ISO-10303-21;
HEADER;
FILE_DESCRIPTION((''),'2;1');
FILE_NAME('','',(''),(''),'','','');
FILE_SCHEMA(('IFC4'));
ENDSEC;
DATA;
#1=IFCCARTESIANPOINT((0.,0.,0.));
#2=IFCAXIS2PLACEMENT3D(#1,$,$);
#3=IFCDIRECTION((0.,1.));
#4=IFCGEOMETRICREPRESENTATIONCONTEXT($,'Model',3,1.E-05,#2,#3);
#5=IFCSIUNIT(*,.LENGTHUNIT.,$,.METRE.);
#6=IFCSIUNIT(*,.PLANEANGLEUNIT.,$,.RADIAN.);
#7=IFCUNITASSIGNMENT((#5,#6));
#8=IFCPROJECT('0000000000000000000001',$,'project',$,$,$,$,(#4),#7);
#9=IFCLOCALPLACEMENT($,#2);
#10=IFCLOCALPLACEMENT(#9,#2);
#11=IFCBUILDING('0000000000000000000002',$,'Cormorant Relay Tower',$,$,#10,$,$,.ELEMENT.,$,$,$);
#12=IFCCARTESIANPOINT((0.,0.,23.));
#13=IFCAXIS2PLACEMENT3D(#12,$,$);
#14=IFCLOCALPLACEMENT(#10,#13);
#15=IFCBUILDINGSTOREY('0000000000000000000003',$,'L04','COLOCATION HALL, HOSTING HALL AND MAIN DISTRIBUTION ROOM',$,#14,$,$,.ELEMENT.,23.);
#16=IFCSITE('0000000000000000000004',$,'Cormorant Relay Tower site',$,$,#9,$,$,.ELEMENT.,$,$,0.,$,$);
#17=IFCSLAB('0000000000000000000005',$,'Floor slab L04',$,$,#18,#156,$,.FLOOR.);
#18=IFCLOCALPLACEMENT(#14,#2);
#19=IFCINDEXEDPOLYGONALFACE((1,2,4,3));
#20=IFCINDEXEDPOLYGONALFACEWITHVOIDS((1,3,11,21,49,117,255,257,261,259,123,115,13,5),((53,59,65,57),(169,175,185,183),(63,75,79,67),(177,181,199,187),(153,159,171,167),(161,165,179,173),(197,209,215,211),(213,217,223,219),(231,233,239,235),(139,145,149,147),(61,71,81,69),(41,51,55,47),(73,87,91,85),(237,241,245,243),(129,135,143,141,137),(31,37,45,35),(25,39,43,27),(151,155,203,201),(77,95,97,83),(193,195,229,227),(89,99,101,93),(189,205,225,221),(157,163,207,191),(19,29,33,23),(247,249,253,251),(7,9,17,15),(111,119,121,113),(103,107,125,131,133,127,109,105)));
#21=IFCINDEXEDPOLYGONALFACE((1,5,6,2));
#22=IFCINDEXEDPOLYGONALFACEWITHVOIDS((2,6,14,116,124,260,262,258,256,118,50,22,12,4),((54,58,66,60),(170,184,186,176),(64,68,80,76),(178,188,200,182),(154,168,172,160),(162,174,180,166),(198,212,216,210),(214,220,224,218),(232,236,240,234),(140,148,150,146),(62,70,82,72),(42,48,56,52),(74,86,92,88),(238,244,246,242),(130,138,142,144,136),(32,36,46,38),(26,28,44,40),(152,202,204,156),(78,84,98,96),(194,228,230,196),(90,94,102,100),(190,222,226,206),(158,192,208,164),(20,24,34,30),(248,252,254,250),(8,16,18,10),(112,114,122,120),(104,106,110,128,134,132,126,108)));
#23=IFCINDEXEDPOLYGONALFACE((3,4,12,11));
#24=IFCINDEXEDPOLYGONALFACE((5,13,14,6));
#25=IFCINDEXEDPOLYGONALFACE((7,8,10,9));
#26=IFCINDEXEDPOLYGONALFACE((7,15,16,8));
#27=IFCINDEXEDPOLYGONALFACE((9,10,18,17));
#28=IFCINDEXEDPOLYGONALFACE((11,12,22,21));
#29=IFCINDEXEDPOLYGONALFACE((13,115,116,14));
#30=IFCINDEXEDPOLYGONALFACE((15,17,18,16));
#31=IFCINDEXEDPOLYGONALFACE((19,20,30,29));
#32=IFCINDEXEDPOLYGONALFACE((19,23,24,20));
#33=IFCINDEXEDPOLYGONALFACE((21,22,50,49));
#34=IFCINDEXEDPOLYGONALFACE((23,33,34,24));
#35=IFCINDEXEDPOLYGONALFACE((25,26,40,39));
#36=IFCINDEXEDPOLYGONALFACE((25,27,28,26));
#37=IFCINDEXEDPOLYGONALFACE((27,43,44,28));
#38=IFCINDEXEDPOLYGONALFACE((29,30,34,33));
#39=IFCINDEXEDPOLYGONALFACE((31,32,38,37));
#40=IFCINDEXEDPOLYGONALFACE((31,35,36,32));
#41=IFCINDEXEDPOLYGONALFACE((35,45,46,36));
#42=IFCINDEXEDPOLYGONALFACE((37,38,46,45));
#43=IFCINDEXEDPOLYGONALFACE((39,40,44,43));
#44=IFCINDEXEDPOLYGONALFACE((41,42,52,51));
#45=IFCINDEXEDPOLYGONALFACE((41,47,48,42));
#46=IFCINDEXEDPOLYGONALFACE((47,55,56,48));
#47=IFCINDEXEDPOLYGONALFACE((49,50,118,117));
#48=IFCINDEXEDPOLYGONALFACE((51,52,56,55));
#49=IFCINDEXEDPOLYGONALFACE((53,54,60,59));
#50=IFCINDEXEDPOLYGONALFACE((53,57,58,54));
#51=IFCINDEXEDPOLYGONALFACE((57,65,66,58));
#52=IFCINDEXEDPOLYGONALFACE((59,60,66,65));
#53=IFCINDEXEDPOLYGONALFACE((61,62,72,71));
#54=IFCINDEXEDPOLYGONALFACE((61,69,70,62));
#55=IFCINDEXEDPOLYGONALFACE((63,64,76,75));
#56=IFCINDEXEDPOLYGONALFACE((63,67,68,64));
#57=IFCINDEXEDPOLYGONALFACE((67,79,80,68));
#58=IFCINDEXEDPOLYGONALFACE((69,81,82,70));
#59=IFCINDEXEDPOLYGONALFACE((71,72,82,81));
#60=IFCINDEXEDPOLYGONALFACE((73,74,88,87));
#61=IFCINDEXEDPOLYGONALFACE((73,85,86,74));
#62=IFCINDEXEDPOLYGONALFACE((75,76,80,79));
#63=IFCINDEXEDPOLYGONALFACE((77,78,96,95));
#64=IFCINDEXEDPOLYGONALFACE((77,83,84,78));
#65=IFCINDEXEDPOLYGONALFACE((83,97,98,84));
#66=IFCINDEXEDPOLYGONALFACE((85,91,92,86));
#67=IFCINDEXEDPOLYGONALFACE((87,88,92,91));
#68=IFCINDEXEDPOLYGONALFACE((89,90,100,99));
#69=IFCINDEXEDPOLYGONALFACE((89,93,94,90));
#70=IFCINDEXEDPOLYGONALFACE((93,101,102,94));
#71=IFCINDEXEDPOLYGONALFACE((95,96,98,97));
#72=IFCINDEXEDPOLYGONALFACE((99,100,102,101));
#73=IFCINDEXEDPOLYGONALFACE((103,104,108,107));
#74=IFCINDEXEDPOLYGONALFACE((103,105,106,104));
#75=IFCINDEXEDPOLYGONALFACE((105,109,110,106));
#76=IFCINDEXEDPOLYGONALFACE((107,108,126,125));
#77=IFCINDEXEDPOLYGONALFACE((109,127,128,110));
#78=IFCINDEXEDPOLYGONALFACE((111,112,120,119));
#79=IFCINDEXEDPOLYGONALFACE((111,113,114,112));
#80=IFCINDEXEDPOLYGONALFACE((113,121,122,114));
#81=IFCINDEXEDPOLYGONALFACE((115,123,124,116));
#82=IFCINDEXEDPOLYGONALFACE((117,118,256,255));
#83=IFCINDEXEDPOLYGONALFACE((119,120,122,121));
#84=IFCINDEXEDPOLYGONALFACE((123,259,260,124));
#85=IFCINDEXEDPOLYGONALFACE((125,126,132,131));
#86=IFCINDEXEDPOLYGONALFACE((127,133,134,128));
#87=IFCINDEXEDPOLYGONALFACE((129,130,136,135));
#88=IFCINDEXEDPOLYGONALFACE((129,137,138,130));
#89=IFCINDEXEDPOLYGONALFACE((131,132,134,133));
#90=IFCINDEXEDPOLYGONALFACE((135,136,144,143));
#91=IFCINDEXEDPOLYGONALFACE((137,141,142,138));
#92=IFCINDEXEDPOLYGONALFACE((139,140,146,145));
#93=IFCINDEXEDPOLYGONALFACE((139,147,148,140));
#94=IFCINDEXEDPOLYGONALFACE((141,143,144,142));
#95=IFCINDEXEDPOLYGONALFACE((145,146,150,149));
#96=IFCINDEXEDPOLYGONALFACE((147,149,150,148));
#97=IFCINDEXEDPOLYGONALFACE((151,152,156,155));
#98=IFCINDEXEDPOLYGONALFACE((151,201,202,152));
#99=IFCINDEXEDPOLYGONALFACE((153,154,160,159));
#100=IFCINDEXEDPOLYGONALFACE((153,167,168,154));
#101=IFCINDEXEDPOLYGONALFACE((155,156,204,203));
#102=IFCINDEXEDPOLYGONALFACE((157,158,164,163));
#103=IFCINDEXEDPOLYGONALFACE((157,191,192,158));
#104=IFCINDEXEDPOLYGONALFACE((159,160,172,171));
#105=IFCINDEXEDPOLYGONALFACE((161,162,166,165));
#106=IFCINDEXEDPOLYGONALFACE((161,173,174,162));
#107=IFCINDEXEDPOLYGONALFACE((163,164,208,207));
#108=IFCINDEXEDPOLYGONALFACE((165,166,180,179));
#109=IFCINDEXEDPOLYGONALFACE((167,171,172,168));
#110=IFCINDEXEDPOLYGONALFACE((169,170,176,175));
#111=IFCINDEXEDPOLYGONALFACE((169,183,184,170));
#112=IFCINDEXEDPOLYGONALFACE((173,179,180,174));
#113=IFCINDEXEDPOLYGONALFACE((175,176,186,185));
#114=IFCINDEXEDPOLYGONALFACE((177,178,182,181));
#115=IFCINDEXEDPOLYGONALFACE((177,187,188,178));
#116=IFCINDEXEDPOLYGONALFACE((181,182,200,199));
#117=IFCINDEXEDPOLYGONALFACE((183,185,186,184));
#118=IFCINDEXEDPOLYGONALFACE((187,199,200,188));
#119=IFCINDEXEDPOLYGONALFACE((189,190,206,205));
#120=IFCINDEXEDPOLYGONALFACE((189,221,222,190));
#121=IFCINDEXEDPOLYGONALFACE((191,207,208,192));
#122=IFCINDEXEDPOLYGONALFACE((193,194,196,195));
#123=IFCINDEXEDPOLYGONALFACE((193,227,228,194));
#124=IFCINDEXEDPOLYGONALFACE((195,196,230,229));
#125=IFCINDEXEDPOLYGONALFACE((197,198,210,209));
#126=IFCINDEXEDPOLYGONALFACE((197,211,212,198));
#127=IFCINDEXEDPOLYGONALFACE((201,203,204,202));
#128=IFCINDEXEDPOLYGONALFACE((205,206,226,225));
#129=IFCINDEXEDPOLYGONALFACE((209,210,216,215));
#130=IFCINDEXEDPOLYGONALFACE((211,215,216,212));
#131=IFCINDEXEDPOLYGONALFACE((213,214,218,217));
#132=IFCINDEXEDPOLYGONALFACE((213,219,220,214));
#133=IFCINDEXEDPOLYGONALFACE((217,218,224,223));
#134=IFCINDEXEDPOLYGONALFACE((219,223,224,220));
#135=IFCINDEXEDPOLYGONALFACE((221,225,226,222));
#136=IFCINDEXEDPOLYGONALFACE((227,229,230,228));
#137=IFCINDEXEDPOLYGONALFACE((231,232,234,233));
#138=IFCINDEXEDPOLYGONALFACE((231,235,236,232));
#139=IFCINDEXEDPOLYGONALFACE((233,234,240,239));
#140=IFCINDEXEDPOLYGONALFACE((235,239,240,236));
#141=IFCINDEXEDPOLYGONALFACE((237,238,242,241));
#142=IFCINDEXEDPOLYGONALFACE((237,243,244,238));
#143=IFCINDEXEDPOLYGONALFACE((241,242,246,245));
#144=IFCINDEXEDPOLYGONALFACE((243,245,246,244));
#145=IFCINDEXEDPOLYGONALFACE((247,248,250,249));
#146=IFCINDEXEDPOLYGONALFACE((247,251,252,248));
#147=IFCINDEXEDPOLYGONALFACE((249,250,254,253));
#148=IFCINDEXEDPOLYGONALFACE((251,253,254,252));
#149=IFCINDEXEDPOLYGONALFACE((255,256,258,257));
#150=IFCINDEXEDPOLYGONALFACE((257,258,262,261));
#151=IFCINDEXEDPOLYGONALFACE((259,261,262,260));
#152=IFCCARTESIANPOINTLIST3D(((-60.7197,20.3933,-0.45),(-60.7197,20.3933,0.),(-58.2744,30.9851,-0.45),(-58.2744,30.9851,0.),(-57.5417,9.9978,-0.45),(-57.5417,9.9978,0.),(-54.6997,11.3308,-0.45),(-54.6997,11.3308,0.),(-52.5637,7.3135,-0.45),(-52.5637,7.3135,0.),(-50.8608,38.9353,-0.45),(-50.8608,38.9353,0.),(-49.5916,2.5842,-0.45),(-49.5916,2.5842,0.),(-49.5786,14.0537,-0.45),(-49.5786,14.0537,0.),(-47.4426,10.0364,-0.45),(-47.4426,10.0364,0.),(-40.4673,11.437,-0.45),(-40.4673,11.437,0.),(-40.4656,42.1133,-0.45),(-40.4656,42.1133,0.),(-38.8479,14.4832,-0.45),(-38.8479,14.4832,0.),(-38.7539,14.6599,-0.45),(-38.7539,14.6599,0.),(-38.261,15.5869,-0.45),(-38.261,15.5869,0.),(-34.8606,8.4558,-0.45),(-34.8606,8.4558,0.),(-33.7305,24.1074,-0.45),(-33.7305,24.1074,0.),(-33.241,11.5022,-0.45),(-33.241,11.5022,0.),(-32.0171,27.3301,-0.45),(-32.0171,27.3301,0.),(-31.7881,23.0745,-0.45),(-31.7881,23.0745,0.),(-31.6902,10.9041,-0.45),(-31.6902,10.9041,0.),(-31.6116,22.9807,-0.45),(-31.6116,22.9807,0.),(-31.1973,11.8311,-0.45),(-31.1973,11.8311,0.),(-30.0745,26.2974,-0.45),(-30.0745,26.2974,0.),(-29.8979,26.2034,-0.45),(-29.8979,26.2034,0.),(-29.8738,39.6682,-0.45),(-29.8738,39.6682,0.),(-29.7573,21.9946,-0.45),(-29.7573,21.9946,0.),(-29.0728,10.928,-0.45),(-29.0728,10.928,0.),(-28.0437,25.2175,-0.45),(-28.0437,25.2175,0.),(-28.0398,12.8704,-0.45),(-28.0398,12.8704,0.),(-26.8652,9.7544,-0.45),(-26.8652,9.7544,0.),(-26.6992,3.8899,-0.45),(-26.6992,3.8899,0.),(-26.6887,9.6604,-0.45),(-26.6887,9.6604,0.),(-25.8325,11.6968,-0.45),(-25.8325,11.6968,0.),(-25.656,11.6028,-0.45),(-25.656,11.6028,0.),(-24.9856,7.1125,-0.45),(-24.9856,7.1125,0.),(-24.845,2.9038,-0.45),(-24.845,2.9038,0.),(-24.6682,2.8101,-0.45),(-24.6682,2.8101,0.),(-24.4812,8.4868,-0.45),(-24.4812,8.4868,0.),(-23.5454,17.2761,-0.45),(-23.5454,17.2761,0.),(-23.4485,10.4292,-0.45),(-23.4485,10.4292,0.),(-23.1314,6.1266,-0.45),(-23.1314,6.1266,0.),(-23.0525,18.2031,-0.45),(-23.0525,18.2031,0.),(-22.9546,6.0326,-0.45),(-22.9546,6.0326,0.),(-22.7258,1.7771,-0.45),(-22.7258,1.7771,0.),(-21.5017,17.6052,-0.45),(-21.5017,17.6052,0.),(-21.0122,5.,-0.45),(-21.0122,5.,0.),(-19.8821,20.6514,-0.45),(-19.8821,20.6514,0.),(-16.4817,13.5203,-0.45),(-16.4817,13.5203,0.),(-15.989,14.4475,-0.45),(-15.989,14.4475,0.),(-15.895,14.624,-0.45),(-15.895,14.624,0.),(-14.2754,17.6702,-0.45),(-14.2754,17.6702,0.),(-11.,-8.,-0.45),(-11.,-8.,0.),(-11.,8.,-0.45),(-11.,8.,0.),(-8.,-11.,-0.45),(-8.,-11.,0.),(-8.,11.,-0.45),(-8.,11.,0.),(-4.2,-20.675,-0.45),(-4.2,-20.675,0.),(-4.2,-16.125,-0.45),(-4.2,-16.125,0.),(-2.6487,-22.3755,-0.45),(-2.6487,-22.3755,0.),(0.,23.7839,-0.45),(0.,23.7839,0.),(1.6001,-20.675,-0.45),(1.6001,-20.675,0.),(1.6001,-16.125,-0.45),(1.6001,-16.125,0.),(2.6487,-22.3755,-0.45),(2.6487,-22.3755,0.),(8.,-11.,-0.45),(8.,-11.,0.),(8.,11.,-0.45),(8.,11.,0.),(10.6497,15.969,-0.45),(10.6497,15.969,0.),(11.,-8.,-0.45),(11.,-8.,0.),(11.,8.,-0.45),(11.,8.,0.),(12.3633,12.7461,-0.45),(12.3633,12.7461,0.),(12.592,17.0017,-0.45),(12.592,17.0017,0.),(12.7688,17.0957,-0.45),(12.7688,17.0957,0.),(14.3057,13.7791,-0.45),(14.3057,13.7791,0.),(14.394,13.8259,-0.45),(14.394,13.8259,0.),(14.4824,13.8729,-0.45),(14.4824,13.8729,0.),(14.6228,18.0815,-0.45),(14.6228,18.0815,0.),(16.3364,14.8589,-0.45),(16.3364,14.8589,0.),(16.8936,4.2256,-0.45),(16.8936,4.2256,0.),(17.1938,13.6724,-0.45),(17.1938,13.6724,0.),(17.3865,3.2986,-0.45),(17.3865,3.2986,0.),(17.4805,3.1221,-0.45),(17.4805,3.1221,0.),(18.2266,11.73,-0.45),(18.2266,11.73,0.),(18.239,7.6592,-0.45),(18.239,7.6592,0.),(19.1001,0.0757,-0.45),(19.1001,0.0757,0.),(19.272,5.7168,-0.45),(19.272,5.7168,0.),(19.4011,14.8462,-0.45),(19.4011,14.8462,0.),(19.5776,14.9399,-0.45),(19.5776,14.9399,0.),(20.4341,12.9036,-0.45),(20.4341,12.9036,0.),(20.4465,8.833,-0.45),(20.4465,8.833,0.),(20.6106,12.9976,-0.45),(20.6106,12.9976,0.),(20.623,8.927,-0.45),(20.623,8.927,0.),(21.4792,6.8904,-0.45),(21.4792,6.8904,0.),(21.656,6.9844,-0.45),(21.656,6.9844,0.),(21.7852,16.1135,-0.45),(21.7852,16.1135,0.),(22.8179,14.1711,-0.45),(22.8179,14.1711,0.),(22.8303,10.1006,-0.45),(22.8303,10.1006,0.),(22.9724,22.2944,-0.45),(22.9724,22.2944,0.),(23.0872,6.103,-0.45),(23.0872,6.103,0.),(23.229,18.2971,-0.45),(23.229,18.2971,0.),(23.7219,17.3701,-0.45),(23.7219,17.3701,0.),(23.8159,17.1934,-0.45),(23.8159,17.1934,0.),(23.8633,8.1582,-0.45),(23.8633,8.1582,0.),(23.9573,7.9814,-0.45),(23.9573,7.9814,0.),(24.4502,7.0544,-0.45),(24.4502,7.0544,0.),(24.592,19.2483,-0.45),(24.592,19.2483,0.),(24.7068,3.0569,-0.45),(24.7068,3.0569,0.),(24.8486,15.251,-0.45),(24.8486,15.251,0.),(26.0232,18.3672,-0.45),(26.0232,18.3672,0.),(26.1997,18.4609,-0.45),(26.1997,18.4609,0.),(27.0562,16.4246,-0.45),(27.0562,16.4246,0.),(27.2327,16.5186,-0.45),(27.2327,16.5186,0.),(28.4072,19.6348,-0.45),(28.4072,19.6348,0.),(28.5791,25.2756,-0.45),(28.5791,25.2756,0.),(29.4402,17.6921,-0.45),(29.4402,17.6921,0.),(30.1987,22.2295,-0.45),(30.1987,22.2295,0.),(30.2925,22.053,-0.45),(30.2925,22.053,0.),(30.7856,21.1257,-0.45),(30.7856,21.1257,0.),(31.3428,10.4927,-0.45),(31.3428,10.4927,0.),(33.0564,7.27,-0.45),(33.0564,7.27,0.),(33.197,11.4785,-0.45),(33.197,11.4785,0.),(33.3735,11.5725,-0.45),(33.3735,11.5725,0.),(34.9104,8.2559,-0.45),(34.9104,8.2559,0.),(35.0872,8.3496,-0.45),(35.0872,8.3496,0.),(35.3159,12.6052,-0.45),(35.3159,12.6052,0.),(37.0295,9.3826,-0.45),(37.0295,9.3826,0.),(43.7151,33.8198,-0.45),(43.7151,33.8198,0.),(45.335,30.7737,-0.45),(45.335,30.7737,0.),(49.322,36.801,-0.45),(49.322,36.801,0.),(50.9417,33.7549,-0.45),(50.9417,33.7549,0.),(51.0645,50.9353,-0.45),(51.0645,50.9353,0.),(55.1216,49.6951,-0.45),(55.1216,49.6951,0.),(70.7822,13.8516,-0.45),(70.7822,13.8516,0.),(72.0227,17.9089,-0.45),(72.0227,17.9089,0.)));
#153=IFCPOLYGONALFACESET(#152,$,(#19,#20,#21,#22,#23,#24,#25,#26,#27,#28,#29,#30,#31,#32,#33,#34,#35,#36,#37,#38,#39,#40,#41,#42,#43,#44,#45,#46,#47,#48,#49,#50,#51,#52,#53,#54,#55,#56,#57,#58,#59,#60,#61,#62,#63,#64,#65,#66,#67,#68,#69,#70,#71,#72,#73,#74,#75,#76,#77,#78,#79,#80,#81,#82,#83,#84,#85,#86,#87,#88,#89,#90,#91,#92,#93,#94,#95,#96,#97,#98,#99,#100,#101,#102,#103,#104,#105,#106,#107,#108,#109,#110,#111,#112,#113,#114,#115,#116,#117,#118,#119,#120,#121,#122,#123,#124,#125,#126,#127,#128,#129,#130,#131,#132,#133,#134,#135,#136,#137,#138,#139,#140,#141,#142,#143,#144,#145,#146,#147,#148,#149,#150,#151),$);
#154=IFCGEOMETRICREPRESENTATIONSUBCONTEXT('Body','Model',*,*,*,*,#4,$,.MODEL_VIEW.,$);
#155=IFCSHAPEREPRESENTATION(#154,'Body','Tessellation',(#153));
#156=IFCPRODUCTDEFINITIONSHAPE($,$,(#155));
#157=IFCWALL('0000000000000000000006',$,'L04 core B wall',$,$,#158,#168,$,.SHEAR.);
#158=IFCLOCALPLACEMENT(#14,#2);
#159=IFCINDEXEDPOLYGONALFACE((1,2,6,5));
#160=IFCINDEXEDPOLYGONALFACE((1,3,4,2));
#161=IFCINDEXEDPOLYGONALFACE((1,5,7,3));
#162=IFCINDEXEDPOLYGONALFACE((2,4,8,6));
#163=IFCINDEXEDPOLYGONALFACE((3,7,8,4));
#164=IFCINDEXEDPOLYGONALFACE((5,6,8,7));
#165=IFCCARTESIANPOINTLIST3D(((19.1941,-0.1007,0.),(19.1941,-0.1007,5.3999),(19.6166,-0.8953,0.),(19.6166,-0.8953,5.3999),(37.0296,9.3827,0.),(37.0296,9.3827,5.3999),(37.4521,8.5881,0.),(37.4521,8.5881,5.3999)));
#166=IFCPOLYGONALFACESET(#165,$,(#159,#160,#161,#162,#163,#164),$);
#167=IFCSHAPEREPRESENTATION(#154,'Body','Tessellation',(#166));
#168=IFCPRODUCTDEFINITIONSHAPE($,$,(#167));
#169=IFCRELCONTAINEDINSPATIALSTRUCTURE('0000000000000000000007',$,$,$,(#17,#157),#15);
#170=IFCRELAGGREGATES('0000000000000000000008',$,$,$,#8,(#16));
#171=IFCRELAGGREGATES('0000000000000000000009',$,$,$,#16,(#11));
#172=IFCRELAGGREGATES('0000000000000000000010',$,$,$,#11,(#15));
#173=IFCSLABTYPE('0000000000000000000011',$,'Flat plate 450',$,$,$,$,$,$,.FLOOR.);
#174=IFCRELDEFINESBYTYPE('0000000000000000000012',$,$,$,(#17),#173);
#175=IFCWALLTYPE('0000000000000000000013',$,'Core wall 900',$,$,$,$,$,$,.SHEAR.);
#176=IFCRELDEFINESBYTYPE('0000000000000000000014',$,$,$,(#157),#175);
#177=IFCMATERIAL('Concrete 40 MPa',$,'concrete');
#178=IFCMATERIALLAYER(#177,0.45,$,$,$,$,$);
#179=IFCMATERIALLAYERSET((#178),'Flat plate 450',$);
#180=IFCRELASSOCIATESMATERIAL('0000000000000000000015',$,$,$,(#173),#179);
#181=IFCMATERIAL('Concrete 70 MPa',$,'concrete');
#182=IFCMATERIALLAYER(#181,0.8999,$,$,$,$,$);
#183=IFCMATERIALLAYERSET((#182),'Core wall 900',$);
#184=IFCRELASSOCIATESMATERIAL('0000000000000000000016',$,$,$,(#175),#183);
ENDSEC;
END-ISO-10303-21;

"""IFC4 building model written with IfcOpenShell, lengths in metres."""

from ifc_helpers import new_model, si_unit, direction, frame, frame_2d, origin, place, context, subcontext, project, spatial, polyline, rectangle, outline, extrude, material, layer, layer_set, type_object, element, save


model = new_model("IFC4")

# Units and contexts
model_context = context("Model", 3, precision=1e-05, world=origin(), true_north=direction((0.0, 1.0)))
body_context = subcontext(model_context, "Body", "Model", "MODEL_VIEW")
ifc_project = project(units=[si_unit("LENGTHUNIT", "METRE"), si_unit("PLANEANGLEUNIT", "RADIAN")], contexts=[model_context])

# Site, building, storey
site_placement = place(None, origin())
site = spatial("IfcSite", under=ifc_project, at=site_placement, Name="Cormorant Relay Tower site", CompositionType="ELEMENT", RefElevation=0.0)
building_placement = place(site_placement, origin())
building = spatial("IfcBuilding", under=site, at=building_placement, Name="Cormorant Relay Tower", CompositionType="ELEMENT")
storey_placement = place(building_placement, frame((0.0, 0.0, 23.0)))
storey = spatial("IfcBuildingStorey", under=building, at=storey_placement, Name="L04", Description="COLOCATION HALL, HOSTING HALL AND MAIN DISTRIBUTION ROOM", CompositionType="ELEMENT", Elevation=23.0)

# Slab
ifc_material_1 = material(Name="Concrete 40 MPa", Category="concrete")
ifc_layer_1 = layer(ifc_material_1, 0.45)
ifc_layer_set_1 = layer_set([ifc_layer_1], Name="Flat plate 450")
slab_type_1 = type_object("IfcSlabType", Name="Flat plate 450", PredefinedType="FLOOR", material=ifc_layer_set_1)
slab_1_placement = place(storey_placement, frame((0.0, 0.0, -0.45)))
element("IfcSlab", 1, at=slab_1_placement, inside=storey, type_object=slab_type_1, Name="Floor slab L04", PredefinedType="FLOOR", context=body_context, shape_type="SweptSolid", body=[
    extrude(outline(polyline([(-60.7197, 20.3933), (-58.2744, 30.9851), (-50.8608, 38.9353), (-40.4656, 42.1133), (-29.8738, 39.6682), (0.0, 23.7839), (51.0645, 50.9353), (55.1216, 49.6951), (72.0227, 17.9089), (70.7822, 13.8516), (2.6487, -22.3755), (-2.6487, -22.3755), (-49.5916, 2.5842), (-57.5417, 9.9978), (-60.7197, 20.3933)]), holes=[polyline([(11.0, -8.0), (11.0, 8.0), (8.0, 11.0), (-8.0, 11.0), (-11.0, 8.0), (-11.0, -8.0), (-8.0, -11.0), (8.0, -11.0), (11.0, -8.0)]), polyline([(-4.2, -16.125), (-4.2, -20.675), (1.6001, -20.675), (1.6001, -16.125), (-4.2, -16.125)]), polyline([(-22.9546, 6.0327), (-24.6682, 2.8101), (-22.7258, 1.7771), (-21.0122, 5.0), (-23.043, 6.0796), (-22.9546, 6.0327)]), polyline([(-24.9856, 7.1125), (-26.6992, 3.8899), (-24.845, 2.9038), (-23.1313, 6.1267), (-23.043, 6.0796), (-24.9856, 7.1125)]), polyline([(-24.4812, 8.4868), (-23.4485, 10.4292), (-25.656, 11.6028), (-26.6887, 9.6604), (-24.4812, 8.4868)]), polyline([(-49.5786, 14.0537), (-54.6997, 11.3308), (-52.5637, 7.3135), (-47.4426, 10.0364), (-49.5786, 14.0537)]), polyline([(-25.8325, 11.6968), (-28.0398, 12.8704), (-29.0728, 10.928), (-26.8652, 9.7544), (-25.8325, 11.6968)]), polyline([(-38.8479, 14.4832), (-40.4673, 11.437), (-34.8606, 8.4558), (-33.241, 11.5022), (-38.8479, 14.4832)]), polyline([(-38.261, 15.5869), (-38.7539, 14.6599), (-31.6902, 10.9041), (-31.1973, 11.8311), (-38.261, 15.5869)]), polyline([(14.3057, 13.7791), (12.592, 17.0017), (10.6497, 15.969), (12.3633, 12.7461), (14.394, 13.8259), (14.3057, 13.7791)]), polyline([(16.3364, 14.8589), (14.6228, 18.0815), (12.7688, 17.0957), (14.4824, 13.8728), (14.394, 13.8259), (16.3364, 14.8589)]), polyline([(-16.4817, 13.5203), (-15.989, 14.4475), (-23.0525, 18.2031), (-23.5454, 17.2761), (-16.4817, 13.5203)]), polyline([(-21.5017, 17.6052), (-15.895, 14.624), (-14.2754, 17.6702), (-19.8821, 20.6514), (-21.5017, 17.6052)]), polyline([(-31.6116, 22.9807), (-29.7573, 21.9946), (-28.0437, 25.2175), (-29.8979, 26.2034), (-31.6116, 22.9807)]), polyline([(-33.7305, 24.1074), (-31.7881, 23.0745), (-30.0745, 26.2974), (-32.0171, 27.3301), (-33.7305, 24.1074)]), polyline([(23.0872, 6.103), (17.4805, 3.1221), (19.1001, 0.0757), (24.7068, 3.0569), (23.0872, 6.103)]), polyline([(16.8936, 4.2256), (17.3865, 3.2986), (24.4502, 7.0544), (23.9573, 7.9814), (16.8936, 4.2256)]), polyline([(20.4465, 8.833), (18.239, 7.6592), (19.272, 5.7168), (21.4792, 6.8904), (20.4465, 8.833)]), polyline([(20.623, 8.927), (21.656, 6.9844), (23.8633, 8.1582), (22.8303, 10.1006), (20.623, 8.927)]), polyline([(33.197, 11.4785), (31.3428, 10.4927), (33.0564, 7.27), (34.9104, 8.2559), (33.197, 11.4785)]), polyline([(33.3735, 11.5725), (35.0872, 8.3496), (37.0295, 9.3826), (35.3159, 12.6052), (33.3735, 11.5725)]), polyline([(17.1938, 13.6724), (18.2266, 11.73), (20.4341, 12.9036), (19.4011, 14.8462), (17.1938, 13.6724)]), polyline([(20.6106, 12.9976), (22.8179, 14.1711), (21.7852, 16.1135), (19.5776, 14.9399), (20.6106, 12.9976)]), polyline([(26.0232, 18.3672), (23.8159, 17.1934), (24.8486, 15.251), (27.0562, 16.4246), (26.0232, 18.3672)]), polyline([(29.4402, 17.6921), (28.4072, 19.6348), (26.1997, 18.4609), (27.2327, 16.5186), (29.4402, 17.6921)]), polyline([(30.7856, 21.1257), (30.2925, 22.053), (23.229, 18.2971), (23.7219, 17.3701), (30.7856, 21.1257)]), polyline([(24.592, 19.2483), (30.1987, 22.2295), (28.5791, 25.2756), (22.9724, 22.2944), (24.592, 19.2483)]), polyline([(45.335, 30.7737), (50.9417, 33.7549), (49.322, 36.801), (43.7151, 33.8198), (45.335, 30.7737)])]), origin(), (0.0, 0.0, 1.0), 0.45),
])

# Shared definitions
ifc_material_2 = material(Name="Concrete 70 MPa", Category="concrete")
ifc_layer_2 = layer(ifc_material_2, 0.8999)
ifc_layer_set_2 = layer_set([ifc_layer_2], Name="Core wall 900")
wall_type_1 = type_object("IfcWallType", Name="Core wall 900", PredefinedType="SHEAR", material=ifc_layer_set_2)

# Wall
wall_1_placement = place(storey_placement, frame((19.4053, -0.498, 0.0), z_axis=(0.0, 0.0, 1.0), x_axis=(0.882945, 0.469476, 0.0)))
element("IfcWall", 2, at=wall_1_placement, inside=storey, type_object=wall_type_1, Name="L04 core B wall", PredefinedType="SHEAR", context=body_context, shape_type="SweptSolid", body=[
    extrude(rectangle(XDim=20.2, YDim=0.8999, at=frame_2d((10.1001, 0.0))), origin(), (0.0, 0.0, 1.0), 5.3999),
])

save(model, "model.ifc")
